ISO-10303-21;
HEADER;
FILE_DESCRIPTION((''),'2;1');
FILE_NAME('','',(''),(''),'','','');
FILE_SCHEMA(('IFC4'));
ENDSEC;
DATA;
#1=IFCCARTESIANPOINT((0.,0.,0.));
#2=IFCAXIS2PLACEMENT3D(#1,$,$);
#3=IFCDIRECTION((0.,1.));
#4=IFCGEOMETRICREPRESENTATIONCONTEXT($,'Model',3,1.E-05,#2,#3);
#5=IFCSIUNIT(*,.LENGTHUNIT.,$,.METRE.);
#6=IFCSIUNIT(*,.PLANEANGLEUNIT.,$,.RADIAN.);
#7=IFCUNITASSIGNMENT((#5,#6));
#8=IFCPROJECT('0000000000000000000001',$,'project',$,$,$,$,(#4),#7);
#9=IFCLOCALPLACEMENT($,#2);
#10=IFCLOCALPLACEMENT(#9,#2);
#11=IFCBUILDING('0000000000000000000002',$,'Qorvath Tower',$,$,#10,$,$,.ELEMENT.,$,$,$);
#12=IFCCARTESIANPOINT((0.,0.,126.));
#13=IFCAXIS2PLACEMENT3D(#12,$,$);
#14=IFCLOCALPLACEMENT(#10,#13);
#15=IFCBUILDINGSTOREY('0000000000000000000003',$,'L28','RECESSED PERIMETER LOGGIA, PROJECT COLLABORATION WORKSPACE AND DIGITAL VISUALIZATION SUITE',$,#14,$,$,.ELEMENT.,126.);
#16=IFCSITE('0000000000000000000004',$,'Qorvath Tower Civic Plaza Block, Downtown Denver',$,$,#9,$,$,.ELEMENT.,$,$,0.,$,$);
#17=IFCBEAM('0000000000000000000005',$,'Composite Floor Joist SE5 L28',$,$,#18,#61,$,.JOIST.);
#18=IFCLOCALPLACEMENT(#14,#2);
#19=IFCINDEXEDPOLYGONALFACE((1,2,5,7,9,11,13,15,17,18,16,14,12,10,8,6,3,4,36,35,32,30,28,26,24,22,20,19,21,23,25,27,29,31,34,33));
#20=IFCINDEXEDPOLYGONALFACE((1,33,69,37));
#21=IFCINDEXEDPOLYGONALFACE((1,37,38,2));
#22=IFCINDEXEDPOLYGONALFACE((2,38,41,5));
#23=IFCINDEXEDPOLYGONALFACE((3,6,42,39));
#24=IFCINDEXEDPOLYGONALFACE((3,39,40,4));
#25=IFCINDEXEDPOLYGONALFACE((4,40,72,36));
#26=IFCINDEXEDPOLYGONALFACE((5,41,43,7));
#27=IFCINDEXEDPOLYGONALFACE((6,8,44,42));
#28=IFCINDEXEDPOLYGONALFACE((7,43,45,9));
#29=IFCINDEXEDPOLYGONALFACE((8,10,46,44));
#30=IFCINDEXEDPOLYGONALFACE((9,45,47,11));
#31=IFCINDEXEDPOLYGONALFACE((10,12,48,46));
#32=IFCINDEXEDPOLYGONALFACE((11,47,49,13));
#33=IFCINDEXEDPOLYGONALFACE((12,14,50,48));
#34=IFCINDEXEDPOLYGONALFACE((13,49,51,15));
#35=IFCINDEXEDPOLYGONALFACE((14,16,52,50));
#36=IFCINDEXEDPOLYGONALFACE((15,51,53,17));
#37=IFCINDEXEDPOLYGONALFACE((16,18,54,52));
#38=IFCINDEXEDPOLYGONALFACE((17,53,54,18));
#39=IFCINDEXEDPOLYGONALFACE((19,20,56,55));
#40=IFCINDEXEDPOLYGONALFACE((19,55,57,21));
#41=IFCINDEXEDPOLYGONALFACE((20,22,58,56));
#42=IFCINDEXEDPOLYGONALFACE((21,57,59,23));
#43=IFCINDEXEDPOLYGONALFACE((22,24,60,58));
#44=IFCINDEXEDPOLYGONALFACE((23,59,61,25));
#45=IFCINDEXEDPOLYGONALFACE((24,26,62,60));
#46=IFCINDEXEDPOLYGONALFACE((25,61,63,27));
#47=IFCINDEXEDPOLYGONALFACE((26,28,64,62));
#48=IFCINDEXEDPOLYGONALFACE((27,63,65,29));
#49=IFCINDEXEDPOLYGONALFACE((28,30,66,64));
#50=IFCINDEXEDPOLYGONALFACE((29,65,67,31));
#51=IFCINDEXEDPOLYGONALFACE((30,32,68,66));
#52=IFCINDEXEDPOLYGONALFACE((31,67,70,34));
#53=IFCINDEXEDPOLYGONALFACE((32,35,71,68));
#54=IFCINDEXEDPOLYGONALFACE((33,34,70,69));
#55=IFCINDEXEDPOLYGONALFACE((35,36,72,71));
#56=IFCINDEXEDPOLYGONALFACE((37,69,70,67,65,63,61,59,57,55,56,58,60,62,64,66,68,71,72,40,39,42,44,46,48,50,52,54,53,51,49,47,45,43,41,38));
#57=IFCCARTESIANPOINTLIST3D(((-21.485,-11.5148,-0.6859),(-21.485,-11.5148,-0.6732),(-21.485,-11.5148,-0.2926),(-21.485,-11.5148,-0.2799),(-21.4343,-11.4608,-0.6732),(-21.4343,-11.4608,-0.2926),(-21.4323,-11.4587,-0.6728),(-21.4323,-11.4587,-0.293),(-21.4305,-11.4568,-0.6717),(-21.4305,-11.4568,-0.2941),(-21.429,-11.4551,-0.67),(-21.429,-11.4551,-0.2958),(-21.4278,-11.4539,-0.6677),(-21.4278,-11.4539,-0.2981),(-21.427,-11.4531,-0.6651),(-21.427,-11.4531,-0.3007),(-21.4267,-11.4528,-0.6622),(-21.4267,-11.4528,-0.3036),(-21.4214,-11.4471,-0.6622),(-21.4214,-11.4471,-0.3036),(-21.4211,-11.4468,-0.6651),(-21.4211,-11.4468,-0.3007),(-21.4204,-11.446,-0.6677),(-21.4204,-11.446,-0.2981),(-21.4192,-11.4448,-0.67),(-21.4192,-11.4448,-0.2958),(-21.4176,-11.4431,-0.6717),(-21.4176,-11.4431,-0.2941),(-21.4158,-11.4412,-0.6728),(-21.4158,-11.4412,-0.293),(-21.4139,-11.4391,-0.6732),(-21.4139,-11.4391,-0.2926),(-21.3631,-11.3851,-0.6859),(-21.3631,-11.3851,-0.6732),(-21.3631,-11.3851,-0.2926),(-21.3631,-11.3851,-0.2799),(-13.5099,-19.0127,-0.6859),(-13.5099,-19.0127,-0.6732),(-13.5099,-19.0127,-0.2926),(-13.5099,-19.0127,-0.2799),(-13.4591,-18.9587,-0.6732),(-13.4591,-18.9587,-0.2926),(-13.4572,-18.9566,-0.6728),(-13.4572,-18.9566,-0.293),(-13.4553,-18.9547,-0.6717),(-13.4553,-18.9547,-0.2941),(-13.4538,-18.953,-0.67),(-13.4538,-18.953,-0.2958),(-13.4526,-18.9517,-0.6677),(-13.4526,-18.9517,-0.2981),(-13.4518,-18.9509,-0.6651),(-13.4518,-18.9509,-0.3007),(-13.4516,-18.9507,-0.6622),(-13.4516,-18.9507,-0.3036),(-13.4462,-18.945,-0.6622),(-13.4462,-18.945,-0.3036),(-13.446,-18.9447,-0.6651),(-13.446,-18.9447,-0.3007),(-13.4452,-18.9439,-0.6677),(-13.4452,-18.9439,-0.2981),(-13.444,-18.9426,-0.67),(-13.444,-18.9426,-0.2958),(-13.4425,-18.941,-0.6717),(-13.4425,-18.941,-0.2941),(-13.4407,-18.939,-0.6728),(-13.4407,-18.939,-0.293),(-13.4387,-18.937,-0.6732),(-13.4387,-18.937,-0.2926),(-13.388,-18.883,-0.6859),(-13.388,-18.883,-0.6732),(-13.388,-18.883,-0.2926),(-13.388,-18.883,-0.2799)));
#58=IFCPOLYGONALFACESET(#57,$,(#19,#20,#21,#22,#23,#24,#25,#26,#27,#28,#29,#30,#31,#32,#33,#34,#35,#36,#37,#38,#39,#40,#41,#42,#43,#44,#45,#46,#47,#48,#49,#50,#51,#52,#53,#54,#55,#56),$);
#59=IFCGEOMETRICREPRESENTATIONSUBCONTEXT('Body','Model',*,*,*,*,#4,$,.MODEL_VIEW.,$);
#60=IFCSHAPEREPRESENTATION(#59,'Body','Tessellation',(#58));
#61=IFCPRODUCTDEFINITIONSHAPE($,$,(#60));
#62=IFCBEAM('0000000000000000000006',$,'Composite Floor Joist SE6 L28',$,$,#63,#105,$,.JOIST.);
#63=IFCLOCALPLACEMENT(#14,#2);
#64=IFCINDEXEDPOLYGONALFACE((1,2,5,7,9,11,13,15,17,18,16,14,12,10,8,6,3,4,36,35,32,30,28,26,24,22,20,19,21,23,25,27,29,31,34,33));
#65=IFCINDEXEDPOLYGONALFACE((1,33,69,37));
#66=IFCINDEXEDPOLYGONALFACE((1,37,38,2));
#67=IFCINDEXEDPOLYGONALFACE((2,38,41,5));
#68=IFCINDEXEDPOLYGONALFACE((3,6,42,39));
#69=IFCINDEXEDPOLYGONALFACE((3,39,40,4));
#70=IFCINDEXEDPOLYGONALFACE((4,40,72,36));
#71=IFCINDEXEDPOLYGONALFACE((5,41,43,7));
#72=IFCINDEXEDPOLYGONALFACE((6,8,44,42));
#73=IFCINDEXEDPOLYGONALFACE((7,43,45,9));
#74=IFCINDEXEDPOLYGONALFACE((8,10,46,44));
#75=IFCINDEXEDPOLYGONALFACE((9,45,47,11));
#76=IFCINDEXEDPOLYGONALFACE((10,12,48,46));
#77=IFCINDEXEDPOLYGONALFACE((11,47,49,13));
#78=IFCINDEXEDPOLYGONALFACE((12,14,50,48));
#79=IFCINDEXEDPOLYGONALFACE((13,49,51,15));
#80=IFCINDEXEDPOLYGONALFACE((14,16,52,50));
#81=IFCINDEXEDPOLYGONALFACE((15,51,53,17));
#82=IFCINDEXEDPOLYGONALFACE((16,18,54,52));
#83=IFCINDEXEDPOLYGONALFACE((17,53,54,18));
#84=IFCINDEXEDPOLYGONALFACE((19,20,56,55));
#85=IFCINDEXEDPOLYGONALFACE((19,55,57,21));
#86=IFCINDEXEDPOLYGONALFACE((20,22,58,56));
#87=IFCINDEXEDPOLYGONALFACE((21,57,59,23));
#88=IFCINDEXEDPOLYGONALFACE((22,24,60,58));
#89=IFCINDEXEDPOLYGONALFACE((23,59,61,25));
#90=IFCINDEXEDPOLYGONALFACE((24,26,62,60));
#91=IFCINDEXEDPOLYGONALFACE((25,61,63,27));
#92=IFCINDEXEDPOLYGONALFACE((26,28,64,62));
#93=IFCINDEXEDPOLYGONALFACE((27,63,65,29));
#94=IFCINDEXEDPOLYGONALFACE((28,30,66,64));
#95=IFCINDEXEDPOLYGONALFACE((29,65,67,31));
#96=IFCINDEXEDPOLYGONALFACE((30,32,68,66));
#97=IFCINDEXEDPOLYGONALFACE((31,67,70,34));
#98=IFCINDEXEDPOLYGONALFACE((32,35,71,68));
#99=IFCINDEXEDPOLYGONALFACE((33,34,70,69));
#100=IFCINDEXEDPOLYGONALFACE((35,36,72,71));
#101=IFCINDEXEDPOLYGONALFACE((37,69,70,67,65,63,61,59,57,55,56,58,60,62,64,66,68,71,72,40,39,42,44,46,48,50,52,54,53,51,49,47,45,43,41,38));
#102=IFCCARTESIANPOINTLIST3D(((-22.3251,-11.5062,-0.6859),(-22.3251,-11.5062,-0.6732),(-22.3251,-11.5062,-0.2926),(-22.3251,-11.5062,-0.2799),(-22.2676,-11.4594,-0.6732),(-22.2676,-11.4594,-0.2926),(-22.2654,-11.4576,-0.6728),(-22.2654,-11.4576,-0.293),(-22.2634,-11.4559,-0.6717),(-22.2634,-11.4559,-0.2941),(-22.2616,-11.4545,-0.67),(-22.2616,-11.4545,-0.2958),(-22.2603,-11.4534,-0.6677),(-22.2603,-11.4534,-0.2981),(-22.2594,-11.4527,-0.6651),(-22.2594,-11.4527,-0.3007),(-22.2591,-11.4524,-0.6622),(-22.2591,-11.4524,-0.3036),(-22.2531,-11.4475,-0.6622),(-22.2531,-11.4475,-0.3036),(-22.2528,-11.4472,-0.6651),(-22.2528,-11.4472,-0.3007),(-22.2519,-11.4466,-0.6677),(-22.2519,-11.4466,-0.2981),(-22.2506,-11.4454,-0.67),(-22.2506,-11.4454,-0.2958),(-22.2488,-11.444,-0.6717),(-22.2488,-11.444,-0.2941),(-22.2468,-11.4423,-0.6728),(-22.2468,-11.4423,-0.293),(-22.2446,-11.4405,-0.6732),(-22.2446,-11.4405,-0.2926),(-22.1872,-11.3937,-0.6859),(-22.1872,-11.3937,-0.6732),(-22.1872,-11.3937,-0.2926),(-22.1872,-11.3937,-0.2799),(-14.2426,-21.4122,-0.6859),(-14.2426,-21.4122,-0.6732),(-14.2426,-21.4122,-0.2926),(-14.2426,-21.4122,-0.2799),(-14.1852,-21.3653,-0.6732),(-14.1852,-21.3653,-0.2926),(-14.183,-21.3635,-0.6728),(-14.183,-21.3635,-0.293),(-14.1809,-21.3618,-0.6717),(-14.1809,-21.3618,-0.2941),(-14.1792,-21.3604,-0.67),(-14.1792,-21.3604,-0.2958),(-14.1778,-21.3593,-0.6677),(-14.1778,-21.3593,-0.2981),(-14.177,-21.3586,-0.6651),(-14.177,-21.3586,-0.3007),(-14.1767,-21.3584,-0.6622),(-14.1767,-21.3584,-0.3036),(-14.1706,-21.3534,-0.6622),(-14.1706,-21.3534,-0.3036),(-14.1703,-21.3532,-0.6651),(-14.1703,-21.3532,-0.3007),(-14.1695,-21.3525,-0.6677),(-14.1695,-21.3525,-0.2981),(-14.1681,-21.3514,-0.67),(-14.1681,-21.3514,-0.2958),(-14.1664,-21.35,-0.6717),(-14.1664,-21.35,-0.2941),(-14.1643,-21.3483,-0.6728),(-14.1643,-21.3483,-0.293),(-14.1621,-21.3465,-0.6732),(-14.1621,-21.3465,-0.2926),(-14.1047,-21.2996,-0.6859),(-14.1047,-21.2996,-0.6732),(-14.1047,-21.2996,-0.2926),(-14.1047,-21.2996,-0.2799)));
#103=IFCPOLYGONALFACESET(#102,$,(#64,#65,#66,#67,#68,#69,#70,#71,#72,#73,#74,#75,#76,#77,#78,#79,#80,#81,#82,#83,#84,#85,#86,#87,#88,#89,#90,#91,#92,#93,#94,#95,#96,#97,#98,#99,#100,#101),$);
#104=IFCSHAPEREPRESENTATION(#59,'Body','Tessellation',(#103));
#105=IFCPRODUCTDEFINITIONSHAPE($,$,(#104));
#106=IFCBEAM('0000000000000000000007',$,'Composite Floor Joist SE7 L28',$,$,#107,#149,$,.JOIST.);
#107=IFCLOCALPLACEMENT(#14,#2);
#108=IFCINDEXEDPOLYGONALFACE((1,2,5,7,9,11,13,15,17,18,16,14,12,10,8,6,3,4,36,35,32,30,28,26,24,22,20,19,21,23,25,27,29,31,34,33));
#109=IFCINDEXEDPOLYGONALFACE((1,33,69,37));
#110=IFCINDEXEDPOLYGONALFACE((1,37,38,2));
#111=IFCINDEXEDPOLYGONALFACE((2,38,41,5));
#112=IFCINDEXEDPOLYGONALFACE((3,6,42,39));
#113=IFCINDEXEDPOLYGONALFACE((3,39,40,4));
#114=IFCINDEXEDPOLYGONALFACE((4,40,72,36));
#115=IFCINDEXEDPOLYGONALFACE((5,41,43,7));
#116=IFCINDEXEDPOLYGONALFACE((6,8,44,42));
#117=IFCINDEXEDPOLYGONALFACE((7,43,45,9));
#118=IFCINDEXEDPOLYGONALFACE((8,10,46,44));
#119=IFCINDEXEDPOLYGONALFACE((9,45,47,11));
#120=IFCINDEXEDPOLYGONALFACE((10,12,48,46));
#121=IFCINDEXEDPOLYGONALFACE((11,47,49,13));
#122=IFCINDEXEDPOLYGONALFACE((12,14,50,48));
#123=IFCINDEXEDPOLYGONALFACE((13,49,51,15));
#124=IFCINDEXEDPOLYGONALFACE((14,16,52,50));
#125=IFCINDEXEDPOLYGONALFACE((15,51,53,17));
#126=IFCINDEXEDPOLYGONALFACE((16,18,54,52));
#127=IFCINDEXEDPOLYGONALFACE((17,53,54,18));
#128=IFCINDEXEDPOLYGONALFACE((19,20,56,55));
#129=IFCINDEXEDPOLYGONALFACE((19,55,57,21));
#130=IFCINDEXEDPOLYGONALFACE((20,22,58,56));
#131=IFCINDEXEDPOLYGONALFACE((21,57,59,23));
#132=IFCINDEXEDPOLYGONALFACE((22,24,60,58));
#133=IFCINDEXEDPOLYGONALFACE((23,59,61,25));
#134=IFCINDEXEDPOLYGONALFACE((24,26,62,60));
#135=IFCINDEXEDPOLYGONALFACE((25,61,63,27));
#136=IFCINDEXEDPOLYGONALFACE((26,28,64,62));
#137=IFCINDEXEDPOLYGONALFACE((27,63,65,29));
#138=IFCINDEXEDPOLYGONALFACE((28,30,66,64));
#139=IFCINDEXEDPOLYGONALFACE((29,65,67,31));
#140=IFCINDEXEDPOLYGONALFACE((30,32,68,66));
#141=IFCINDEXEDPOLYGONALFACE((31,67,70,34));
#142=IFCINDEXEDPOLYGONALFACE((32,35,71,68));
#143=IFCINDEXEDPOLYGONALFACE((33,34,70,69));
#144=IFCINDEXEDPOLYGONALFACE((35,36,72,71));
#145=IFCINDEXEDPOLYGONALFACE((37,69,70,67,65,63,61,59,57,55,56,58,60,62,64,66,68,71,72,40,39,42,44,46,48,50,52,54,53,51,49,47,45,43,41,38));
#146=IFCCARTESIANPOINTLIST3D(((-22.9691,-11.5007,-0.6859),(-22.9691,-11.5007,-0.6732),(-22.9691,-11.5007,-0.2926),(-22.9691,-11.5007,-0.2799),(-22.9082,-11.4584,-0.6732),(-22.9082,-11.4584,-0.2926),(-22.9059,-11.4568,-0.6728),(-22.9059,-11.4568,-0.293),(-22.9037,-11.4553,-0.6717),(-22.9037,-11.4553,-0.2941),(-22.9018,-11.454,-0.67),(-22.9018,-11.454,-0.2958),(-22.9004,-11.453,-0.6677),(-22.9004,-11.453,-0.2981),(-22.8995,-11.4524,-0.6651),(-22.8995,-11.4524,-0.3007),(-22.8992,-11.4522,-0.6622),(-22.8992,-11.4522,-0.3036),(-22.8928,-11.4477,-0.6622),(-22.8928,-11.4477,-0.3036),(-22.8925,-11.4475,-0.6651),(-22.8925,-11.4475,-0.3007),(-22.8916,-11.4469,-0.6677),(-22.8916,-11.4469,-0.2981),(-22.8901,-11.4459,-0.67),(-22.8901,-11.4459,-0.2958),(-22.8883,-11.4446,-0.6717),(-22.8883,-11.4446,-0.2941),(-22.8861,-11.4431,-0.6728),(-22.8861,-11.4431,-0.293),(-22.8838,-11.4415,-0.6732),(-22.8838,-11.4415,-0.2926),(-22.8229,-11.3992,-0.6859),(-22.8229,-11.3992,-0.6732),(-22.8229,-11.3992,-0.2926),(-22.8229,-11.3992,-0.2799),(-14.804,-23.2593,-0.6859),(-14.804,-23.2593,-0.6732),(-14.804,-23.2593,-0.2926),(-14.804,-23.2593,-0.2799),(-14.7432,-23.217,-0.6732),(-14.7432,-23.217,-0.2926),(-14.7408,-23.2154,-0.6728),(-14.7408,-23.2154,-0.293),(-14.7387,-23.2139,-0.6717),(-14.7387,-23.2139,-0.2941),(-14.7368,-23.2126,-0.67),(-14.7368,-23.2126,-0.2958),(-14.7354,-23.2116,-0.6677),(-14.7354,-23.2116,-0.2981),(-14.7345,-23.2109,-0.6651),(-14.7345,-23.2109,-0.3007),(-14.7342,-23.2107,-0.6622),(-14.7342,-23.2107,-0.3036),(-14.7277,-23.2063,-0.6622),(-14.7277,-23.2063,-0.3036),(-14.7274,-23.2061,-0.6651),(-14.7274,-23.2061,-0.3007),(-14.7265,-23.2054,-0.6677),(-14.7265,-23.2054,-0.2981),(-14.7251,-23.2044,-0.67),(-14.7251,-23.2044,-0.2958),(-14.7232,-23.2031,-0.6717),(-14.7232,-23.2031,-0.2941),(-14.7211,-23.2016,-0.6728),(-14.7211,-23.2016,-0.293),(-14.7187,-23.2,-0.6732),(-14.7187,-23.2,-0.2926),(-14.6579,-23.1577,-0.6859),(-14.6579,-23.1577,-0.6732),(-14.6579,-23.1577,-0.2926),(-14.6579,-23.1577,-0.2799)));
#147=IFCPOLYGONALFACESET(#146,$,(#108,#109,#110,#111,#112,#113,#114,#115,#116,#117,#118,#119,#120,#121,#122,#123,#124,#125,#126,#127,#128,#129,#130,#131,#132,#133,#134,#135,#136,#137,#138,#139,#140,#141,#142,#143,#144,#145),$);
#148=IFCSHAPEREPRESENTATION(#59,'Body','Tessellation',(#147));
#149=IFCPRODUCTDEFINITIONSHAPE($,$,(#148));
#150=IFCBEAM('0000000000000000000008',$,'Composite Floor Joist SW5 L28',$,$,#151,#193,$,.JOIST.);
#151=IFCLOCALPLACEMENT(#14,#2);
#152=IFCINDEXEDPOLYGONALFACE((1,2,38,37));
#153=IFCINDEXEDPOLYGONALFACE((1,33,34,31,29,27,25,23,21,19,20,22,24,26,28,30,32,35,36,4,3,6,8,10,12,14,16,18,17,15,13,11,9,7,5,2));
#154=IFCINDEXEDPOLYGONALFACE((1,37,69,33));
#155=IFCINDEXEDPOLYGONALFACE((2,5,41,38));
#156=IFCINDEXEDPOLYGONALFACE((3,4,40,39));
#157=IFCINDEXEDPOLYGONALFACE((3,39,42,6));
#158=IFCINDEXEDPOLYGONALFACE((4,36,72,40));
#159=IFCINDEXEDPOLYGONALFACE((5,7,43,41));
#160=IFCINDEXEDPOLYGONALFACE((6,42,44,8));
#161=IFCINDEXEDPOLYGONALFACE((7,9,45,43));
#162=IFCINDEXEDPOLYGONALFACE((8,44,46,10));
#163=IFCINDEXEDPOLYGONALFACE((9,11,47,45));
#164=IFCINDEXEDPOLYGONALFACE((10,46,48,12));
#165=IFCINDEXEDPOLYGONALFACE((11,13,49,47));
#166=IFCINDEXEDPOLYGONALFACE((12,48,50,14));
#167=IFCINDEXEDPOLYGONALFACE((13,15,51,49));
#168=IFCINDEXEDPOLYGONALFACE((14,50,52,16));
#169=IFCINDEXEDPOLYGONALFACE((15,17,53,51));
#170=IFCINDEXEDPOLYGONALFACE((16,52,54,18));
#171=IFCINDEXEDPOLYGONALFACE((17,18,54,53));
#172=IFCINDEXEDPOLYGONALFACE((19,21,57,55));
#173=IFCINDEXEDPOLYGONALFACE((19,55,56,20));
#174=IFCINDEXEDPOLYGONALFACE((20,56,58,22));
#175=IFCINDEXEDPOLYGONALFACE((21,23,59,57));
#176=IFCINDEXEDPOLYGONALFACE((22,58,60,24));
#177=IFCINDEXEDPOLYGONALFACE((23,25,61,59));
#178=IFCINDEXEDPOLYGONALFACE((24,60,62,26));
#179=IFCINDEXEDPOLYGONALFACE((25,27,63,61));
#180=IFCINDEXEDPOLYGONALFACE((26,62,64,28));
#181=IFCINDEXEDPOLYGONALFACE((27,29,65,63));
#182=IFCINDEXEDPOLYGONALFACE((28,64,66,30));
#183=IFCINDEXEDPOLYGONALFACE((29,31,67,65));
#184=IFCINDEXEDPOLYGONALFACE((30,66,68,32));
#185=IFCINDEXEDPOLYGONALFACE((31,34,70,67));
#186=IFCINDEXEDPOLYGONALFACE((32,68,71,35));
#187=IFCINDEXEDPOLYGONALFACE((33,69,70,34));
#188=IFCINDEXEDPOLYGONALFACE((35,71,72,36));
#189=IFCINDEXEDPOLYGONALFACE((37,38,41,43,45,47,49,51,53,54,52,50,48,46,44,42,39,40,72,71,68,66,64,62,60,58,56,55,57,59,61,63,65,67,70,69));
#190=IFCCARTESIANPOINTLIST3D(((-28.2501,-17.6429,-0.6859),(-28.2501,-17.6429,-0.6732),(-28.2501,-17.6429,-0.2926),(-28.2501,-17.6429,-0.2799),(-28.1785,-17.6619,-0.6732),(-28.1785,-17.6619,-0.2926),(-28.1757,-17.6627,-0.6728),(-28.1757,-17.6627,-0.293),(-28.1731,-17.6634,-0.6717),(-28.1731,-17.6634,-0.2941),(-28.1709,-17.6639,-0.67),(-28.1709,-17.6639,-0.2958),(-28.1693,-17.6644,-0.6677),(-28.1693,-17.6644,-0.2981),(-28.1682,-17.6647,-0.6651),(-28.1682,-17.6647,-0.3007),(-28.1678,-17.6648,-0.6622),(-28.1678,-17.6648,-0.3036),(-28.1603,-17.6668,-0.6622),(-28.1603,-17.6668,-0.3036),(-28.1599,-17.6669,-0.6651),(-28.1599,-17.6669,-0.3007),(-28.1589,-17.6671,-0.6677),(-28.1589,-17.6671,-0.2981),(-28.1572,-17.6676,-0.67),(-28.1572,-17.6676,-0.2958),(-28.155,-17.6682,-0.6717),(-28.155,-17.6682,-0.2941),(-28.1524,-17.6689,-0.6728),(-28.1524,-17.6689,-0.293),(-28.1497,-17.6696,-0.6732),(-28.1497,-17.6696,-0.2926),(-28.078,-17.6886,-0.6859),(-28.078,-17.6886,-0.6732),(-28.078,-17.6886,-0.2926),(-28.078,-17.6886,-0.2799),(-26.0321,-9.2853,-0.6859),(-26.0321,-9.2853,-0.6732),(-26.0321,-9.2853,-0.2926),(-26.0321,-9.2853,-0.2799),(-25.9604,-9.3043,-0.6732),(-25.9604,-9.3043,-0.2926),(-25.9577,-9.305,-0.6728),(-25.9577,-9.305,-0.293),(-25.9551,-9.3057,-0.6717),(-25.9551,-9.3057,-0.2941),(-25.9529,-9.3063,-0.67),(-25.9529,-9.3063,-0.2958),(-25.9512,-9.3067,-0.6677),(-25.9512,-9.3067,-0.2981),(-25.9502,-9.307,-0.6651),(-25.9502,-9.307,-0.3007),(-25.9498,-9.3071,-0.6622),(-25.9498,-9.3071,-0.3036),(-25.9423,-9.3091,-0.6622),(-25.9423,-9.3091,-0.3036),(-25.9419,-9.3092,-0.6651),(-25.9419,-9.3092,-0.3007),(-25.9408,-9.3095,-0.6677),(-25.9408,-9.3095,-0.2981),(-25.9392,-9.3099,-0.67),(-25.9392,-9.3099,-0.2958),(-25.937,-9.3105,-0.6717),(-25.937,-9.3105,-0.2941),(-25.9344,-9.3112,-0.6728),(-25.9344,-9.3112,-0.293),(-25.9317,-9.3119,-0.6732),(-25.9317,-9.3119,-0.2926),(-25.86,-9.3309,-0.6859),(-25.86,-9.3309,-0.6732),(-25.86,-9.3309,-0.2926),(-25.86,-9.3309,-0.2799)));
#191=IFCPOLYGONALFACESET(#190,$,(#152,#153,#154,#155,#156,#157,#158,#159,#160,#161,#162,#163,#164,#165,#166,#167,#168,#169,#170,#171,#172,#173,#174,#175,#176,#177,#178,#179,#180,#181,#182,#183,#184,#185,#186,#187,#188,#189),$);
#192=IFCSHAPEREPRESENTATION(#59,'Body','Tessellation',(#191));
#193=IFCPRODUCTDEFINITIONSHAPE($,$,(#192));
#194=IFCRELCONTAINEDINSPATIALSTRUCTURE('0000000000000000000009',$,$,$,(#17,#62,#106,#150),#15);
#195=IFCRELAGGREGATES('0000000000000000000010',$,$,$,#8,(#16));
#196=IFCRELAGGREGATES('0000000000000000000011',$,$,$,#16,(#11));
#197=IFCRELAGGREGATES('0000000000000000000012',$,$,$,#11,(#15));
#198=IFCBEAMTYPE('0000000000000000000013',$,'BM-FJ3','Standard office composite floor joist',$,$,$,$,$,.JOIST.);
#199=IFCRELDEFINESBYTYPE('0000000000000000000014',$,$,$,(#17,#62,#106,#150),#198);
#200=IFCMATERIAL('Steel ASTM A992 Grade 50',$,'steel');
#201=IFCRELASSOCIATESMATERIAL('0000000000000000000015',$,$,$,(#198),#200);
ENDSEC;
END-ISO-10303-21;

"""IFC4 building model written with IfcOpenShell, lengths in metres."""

from ifc_helpers import new_model, si_unit, direction, frame, origin, origin_2d, place, context, subcontext, project, spatial, i_section, extrude, material, material_profile, profile_set, type_object, element, save


model = new_model("IFC4")

# Units and contexts
model_context = context("Model", 3, precision=1e-05, world=origin(), true_north=direction((0.0, 1.0)))
body_context = subcontext(model_context, "Body", "Model", "MODEL_VIEW")
ifc_project = project(units=[si_unit("LENGTHUNIT", "METRE"), si_unit("PLANEANGLEUNIT", "RADIAN")], contexts=[model_context])

# Site, building, storey
site_placement = place(None, origin())
site = spatial("IfcSite", under=ifc_project, at=site_placement, Name="Qorvath Tower Civic Plaza Block, Downtown Denver", CompositionType="ELEMENT", RefElevation=0.0)
building_placement = place(site_placement, origin())
building = spatial("IfcBuilding", under=site, at=building_placement, Name="Qorvath Tower", CompositionType="ELEMENT")
storey_placement = place(building_placement, frame((0.0, 0.0, 126.0)))
storey = spatial("IfcBuildingStorey", under=building, at=storey_placement, Name="L28", Description="RECESSED PERIMETER LOGGIA, PROJECT COLLABORATION WORKSPACE AND DIGITAL VISUALIZATION SUITE", CompositionType="ELEMENT", Elevation=126.0)

# Beams
ifc_material_1 = material(Name="Steel ASTM A992 Grade 50", Category="steel")
ifc_material_profile_1 = material_profile(ifc_material_1, i_section(OverallWidth=0.178, OverallDepth=0.406, WebThickness=0.0078, FlangeThickness=0.0127, FilletRadius=0.011, at=origin_2d()), Name="W16x40")
ifc_profile_set_1 = profile_set([ifc_material_profile_1], Name="Steel ASTM A992 Grade 50")
beam_type_1 = type_object("IfcBeamType", Name="BM-FJ3", Description="Standard office composite floor joist", PredefinedType="JOIST", material=ifc_profile_set_1)
beam_1_placement = place(storey_placement, frame((-21.4241, -11.45, -0.4829), z_axis=(0.728572, -0.684969, 0.0), x_axis=(0.684969, 0.728572, 0.0)))
element("IfcBeam", 1, at=beam_1_placement, inside=storey, type_object=beam_type_1, Name="Composite Floor Joist SE5 L28", PredefinedType="JOIST", context=body_context, shape_type="SweptSolid", body=[
    extrude(i_section(OverallWidth=0.178, OverallDepth=0.406, WebThickness=0.0078, FlangeThickness=0.0127, FilletRadius=0.011, at=origin_2d()), origin(), (0.0, 0.0, 1.0), 10.9463),
])
beam_2_placement = place(storey_placement, frame((-22.2561, -11.45, -0.4829), z_axis=(0.632188, -0.774815, 0.0), x_axis=(0.774815, 0.632188, 0.0)))
element("IfcBeam", 2, at=beam_2_placement, inside=storey, type_object=beam_type_1, Name="Composite Floor Joist SE6 L28", PredefinedType="JOIST", context=body_context, shape_type="SweptSolid", body=[
    extrude(i_section(OverallWidth=0.178, OverallDepth=0.406, WebThickness=0.0078, FlangeThickness=0.0127, FilletRadius=0.011, at=origin_2d()), origin(), (0.0, 0.0, 1.0), 12.7849),
])
beam_3_placement = place(storey_placement, frame((-22.896, -11.45, -0.4829), z_axis=(0.570367, -0.82139, 0.0), x_axis=(0.82139, 0.570367, 0.0)))
element("IfcBeam", 3, at=beam_3_placement, inside=storey, type_object=beam_type_1, Name="Composite Floor Joist SE7 L28", PredefinedType="JOIST", context=body_context, shape_type="SweptSolid", body=[
    extrude(i_section(OverallWidth=0.178, OverallDepth=0.406, WebThickness=0.0078, FlangeThickness=0.0127, FilletRadius=0.011, at=origin_2d()), origin(), (0.0, 0.0, 1.0), 14.3154),
])
beam_4_placement = place(storey_placement, frame((-25.946, -9.3081, -0.4829), z_axis=(-0.256508, -0.966542, 0.0), x_axis=(0.966542, -0.256508, 0.0)))
element("IfcBeam", 4, at=beam_4_placement, inside=storey, type_object=beam_type_1, Name="Composite Floor Joist SW5 L28", PredefinedType="JOIST", context=body_context, shape_type="SweptSolid", body=[
    extrude(i_section(OverallWidth=0.178, OverallDepth=0.406, WebThickness=0.0078, FlangeThickness=0.0127, FilletRadius=0.011, at=origin_2d()), origin(), (0.0, 0.0, 1.0), 8.647),
])

save(model, "model.ifc")
